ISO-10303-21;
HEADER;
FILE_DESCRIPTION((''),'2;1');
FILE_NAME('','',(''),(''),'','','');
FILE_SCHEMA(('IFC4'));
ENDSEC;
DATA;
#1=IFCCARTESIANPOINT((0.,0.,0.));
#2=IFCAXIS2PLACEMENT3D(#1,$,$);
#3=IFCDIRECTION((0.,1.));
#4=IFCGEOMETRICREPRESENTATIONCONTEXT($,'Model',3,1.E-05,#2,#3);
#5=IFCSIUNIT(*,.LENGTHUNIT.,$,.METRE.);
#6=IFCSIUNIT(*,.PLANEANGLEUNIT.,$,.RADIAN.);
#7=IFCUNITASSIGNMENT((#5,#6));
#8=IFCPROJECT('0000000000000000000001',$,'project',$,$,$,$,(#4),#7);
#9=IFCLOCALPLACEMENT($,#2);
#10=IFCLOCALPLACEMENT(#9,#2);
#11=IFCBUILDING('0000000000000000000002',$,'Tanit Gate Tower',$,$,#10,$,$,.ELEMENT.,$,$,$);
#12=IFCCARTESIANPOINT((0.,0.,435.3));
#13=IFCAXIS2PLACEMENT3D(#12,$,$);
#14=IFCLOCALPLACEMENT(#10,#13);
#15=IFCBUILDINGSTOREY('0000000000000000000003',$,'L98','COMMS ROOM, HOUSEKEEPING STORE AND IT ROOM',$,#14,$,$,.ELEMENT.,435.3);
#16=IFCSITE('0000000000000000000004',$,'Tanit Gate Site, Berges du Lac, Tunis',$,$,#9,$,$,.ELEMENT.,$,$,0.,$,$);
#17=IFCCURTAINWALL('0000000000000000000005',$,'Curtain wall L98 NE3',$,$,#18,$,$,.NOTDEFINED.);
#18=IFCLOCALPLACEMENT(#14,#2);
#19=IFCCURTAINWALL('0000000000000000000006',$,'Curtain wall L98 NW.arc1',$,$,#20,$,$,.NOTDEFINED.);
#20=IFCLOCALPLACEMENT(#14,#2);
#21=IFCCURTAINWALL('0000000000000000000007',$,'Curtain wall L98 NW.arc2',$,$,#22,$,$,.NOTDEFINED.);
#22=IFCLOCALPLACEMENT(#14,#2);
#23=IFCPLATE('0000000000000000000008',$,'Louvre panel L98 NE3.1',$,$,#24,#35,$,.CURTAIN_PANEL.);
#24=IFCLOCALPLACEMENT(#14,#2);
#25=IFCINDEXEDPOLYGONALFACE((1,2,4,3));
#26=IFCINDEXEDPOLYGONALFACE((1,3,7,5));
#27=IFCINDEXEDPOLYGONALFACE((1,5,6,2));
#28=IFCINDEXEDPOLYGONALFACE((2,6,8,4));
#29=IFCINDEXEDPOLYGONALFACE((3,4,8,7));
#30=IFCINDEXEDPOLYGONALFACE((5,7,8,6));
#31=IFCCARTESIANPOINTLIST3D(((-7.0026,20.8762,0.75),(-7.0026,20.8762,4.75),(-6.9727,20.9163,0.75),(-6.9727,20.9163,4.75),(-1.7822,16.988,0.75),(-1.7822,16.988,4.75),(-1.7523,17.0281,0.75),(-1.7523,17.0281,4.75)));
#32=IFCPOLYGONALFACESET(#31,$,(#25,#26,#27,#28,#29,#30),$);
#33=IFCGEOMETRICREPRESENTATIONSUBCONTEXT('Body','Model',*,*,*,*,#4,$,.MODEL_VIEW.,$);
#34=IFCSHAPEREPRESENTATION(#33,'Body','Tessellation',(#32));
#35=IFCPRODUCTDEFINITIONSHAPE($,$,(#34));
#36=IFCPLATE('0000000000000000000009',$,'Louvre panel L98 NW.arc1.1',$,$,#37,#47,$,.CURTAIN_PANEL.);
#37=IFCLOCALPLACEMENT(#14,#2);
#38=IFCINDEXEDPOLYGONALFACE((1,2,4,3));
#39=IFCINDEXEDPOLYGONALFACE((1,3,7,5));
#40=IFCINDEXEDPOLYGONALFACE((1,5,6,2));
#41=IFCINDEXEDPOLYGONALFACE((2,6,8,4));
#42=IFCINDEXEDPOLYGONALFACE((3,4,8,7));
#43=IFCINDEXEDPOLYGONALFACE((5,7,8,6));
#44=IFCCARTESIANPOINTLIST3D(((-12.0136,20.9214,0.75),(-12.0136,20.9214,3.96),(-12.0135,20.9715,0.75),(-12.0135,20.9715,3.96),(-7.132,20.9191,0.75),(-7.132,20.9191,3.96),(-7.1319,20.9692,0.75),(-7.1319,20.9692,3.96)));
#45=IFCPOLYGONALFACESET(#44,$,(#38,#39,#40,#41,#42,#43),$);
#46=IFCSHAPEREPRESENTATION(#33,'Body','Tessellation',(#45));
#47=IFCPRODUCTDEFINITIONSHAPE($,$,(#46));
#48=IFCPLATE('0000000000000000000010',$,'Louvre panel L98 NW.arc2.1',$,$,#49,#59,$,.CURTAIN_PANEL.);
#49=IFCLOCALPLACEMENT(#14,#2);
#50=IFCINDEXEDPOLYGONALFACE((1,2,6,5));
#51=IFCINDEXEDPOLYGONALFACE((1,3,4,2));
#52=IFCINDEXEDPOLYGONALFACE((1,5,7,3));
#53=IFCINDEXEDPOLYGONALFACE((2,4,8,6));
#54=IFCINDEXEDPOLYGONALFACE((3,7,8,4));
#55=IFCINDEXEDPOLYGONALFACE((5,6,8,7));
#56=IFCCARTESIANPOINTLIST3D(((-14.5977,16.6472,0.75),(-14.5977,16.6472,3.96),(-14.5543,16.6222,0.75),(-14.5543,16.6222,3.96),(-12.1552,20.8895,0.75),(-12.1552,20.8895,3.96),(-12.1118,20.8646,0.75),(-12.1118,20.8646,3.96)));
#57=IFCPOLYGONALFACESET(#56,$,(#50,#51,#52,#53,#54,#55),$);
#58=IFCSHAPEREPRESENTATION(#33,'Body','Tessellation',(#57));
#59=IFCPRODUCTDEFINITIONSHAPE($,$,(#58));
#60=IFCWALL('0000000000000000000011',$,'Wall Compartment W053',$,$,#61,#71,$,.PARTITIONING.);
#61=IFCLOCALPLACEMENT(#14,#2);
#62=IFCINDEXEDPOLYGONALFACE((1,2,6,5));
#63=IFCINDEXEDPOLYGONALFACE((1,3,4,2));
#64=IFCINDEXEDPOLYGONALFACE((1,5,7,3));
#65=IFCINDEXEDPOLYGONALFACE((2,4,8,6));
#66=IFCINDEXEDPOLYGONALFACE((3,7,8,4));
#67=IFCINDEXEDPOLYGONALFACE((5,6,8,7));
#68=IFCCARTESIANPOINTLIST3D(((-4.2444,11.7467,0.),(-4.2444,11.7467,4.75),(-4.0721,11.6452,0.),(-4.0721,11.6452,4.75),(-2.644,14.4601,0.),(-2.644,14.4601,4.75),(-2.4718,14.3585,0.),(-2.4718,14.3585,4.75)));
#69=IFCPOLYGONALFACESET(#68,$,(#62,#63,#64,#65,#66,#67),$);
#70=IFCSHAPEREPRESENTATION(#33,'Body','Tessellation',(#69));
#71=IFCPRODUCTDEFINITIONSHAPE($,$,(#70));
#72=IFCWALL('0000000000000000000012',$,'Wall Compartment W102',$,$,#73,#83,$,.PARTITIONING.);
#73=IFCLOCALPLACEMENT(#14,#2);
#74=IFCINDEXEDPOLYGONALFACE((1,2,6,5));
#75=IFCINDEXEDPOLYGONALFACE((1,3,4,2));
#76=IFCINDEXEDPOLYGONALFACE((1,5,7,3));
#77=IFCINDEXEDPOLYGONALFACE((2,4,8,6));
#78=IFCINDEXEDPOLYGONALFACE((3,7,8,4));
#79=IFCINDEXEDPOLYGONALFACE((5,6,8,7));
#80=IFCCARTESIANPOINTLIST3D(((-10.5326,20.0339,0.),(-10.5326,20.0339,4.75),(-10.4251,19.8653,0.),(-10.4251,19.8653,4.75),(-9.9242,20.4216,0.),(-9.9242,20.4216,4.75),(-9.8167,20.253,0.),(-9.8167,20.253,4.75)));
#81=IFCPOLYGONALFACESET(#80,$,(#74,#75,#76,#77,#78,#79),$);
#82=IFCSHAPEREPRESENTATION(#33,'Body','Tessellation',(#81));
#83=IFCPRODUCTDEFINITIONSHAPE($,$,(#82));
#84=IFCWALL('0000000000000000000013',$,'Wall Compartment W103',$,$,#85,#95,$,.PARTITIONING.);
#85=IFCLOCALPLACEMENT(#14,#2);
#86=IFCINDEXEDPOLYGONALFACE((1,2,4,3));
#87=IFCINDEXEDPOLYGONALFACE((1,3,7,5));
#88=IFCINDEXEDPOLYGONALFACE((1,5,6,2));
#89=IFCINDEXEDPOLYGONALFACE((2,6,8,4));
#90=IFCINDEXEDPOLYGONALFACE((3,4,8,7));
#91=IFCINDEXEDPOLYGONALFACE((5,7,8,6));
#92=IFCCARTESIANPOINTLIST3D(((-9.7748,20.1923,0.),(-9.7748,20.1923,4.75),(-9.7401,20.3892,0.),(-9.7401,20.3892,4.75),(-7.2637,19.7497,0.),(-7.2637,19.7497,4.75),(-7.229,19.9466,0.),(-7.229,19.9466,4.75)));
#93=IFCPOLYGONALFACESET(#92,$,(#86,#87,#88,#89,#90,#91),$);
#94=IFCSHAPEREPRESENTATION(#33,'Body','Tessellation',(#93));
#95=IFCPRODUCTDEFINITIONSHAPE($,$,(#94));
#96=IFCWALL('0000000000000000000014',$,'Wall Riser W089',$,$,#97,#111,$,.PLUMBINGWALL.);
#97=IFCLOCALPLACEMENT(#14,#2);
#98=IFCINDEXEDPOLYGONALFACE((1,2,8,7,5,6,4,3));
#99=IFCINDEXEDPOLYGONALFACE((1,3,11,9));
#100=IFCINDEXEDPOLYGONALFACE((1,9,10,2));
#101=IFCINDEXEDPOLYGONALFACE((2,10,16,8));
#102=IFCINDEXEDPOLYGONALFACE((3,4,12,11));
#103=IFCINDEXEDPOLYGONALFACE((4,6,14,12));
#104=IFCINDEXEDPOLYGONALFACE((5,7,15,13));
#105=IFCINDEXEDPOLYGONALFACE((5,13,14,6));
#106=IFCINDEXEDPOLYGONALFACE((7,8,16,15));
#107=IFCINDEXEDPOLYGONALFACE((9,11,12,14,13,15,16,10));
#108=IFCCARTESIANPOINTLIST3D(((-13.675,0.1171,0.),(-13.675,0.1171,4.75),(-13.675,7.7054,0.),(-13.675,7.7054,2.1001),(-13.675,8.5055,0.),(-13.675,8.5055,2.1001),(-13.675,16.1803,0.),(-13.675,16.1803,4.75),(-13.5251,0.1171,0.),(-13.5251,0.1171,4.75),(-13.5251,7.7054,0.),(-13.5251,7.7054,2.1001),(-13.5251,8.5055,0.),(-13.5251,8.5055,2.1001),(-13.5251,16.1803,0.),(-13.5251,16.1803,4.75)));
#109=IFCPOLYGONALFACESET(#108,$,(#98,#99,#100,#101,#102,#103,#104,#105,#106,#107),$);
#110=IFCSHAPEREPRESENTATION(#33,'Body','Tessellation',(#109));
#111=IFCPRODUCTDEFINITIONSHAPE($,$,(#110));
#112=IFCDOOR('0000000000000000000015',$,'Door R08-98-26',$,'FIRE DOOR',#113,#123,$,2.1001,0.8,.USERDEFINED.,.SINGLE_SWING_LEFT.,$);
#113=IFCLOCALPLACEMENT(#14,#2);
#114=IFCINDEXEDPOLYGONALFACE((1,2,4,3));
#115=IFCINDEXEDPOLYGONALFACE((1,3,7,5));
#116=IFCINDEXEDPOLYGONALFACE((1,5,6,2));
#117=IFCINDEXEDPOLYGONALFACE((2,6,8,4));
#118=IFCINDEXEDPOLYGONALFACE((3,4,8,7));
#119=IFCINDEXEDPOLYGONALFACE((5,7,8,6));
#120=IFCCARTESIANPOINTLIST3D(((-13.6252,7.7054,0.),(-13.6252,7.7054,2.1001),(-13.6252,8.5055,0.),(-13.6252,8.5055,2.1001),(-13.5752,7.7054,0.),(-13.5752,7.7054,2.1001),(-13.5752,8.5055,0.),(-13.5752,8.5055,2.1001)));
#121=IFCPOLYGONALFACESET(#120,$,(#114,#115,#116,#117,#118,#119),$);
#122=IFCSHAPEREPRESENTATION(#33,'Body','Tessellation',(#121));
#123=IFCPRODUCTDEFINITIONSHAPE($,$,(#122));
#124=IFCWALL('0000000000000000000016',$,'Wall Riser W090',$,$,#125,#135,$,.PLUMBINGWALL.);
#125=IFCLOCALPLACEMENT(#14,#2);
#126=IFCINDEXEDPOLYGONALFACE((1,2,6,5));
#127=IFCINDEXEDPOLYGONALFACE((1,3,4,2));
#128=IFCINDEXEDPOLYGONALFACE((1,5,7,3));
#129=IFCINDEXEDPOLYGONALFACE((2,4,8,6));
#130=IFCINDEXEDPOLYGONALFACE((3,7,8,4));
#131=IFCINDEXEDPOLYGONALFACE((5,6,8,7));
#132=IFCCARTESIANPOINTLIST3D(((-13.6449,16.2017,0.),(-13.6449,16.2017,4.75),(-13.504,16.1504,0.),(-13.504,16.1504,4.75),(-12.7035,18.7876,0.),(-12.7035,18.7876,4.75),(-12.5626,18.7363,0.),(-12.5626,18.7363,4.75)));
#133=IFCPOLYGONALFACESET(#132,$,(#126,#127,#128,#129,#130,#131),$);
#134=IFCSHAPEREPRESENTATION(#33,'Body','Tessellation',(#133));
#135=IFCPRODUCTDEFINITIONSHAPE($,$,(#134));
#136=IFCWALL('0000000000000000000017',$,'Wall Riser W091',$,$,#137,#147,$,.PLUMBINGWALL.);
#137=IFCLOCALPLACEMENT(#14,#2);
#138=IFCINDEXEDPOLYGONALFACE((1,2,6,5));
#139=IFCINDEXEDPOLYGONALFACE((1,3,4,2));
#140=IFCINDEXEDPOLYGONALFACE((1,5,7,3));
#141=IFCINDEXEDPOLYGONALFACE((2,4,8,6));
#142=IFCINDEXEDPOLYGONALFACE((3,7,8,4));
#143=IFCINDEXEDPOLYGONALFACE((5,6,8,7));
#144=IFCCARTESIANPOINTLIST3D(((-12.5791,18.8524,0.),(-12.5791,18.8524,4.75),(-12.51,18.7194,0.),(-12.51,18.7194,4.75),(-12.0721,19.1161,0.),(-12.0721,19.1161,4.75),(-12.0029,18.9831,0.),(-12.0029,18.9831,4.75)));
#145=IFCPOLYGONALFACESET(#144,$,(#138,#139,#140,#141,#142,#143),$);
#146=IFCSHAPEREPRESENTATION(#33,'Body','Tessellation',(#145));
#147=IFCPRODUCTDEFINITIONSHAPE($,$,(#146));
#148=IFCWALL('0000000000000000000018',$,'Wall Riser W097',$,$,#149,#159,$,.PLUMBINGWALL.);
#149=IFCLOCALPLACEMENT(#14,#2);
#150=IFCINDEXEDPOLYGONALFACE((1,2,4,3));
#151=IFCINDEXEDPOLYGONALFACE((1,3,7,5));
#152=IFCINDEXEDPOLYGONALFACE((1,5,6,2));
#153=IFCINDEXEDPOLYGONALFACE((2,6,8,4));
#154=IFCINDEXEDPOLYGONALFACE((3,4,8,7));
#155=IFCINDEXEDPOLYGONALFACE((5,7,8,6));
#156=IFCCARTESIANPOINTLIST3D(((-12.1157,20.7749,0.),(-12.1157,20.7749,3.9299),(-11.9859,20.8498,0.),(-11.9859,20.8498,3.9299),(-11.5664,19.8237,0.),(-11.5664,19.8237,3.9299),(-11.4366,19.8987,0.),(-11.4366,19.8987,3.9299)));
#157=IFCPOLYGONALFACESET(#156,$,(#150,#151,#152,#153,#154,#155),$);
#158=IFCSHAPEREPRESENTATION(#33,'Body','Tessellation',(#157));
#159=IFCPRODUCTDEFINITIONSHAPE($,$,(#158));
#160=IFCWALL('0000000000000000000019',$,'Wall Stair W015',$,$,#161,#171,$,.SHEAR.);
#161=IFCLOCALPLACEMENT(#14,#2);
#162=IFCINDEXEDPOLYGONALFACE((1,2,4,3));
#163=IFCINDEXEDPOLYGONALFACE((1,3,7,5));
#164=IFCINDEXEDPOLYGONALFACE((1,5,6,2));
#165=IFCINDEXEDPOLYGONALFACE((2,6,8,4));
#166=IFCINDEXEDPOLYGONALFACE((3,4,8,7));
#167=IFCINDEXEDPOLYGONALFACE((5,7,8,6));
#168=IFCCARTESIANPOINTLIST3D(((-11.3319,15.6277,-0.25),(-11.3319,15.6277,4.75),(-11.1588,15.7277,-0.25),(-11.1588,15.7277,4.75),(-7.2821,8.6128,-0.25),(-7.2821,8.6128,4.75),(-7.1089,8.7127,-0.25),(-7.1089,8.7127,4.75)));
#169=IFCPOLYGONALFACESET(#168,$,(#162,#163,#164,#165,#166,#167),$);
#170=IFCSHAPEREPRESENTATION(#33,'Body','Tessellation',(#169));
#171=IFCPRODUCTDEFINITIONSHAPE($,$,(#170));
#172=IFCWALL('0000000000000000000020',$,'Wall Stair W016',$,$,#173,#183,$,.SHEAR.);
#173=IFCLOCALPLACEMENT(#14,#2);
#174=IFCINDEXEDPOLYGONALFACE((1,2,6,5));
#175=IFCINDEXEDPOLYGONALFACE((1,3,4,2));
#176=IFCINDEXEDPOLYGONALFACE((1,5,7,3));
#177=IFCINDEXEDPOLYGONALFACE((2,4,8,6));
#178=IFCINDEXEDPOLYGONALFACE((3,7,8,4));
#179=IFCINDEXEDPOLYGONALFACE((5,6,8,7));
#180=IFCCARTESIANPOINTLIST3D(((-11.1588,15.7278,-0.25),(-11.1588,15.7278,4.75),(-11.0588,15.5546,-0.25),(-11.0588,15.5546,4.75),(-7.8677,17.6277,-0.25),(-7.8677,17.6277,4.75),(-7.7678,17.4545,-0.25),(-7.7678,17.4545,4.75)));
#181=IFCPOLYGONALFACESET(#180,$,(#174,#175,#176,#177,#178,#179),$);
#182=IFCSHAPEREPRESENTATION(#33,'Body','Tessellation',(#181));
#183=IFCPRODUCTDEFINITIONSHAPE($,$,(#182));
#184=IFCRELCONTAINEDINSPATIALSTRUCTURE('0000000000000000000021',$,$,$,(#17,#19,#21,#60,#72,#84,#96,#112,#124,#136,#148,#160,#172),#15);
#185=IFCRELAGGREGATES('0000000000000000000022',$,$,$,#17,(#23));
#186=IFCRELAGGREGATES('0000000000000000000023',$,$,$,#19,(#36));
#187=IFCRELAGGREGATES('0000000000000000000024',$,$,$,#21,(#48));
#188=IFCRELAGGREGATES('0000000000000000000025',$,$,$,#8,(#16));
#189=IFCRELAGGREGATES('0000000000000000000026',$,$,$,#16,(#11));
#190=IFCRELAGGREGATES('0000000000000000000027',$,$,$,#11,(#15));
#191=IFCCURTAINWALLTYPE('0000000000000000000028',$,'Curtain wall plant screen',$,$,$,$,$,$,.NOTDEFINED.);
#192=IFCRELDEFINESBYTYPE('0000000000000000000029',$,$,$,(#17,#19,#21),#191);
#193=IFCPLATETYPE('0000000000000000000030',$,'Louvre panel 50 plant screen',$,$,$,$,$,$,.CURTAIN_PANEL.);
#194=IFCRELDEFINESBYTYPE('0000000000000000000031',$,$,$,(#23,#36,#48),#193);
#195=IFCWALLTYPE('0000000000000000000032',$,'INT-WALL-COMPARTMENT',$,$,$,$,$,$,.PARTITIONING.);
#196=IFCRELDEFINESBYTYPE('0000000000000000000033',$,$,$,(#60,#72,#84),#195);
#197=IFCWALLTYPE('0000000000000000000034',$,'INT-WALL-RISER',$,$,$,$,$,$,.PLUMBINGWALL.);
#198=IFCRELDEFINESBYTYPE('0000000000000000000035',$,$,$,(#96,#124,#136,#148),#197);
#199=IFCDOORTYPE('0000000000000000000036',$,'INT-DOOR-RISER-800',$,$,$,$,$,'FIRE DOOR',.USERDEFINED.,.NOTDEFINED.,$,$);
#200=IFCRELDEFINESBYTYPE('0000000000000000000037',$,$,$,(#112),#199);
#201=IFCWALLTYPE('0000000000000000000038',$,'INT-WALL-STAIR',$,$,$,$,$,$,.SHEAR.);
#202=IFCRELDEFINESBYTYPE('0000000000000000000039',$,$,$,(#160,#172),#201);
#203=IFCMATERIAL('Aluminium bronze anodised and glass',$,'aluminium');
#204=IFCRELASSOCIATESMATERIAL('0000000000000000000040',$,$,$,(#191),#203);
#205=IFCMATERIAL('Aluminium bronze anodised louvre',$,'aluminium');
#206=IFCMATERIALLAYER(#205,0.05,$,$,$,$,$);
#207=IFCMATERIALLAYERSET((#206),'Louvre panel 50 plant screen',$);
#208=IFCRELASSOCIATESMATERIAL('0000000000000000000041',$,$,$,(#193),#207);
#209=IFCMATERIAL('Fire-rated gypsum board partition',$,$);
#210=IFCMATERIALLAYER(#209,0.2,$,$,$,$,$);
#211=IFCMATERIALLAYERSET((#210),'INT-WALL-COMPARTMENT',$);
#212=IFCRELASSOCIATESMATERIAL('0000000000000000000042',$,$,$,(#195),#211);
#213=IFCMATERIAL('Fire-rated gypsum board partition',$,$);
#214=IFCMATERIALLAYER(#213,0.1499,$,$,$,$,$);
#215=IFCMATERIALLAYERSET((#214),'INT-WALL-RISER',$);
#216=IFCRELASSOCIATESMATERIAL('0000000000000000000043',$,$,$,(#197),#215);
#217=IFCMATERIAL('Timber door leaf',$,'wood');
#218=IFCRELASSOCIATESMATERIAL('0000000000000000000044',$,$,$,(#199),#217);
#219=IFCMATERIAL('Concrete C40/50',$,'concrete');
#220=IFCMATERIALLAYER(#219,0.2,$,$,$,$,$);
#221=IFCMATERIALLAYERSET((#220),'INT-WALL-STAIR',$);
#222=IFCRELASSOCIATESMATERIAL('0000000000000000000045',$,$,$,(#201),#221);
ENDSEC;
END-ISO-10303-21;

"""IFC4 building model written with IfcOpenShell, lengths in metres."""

from ifc_helpers import new_model, si_unit, direction, frame, frame_2d, origin, origin_2d, place, context, subcontext, project, spatial, rectangle, extrude, material, layer, layer_set, type_object, element, fill, aggregate, save


model = new_model("IFC4")

# Units and contexts
model_context = context("Model", 3, precision=1e-05, world=origin(), true_north=direction((0.0, 1.0)))
body_context = subcontext(model_context, "Body", "Model", "MODEL_VIEW")
ifc_project = project(units=[si_unit("LENGTHUNIT", "METRE"), si_unit("PLANEANGLEUNIT", "RADIAN")], contexts=[model_context])

# Site, building, storey
site_placement = place(None, origin())
site = spatial("IfcSite", under=ifc_project, at=site_placement, Name="Tanit Gate Site, Berges du Lac, Tunis", CompositionType="ELEMENT", RefElevation=0.0)
building_placement = place(site_placement, origin())
building = spatial("IfcBuilding", under=site, at=building_placement, Name="Tanit Gate Tower", CompositionType="ELEMENT")
storey_placement = place(building_placement, frame((0.0, 0.0, 435.3)))
storey = spatial("IfcBuildingStorey", under=building, at=storey_placement, Name="L98", Description="COMMS ROOM, HOUSEKEEPING STORE AND IT ROOM", CompositionType="ELEMENT", Elevation=435.3)

# Curtain wall
ifc_material_1 = material(Name="Aluminium bronze anodised and glass", Category="aluminium")
curtain_wall_type = type_object("IfcCurtainWallType", Name="Curtain wall plant screen", PredefinedType="NOTDEFINED", material=ifc_material_1)
curtain_wall_1_placement = place(storey_placement, origin())
curtain_wall_1 = element("IfcCurtainWall", 1, at=curtain_wall_1_placement, inside=storey, type_object=curtain_wall_type, Name="Curtain wall L98 NE3", PredefinedType="NOTDEFINED")

# Curtain walls
curtain_wall_2_placement = place(storey_placement, origin())
curtain_wall_2 = element("IfcCurtainWall", 2, at=curtain_wall_2_placement, inside=storey, type_object=curtain_wall_type, Name="Curtain wall L98 NW.arc1", PredefinedType="NOTDEFINED")
curtain_wall_3_placement = place(storey_placement, origin())
curtain_wall_3 = element("IfcCurtainWall", 3, at=curtain_wall_3_placement, inside=storey, type_object=curtain_wall_type, Name="Curtain wall L98 NW.arc2", PredefinedType="NOTDEFINED")

# Plates
ifc_material_2 = material(Name="Aluminium bronze anodised louvre", Category="aluminium")
ifc_layer_1 = layer(ifc_material_2, 0.05)
ifc_layer_set_1 = layer_set([ifc_layer_1], Name="Louvre panel 50 plant screen")
plate_type = type_object("IfcPlateType", Name="Louvre panel 50 plant screen", PredefinedType="CURTAIN_PANEL", material=ifc_layer_set_1)
plate_1_placement = place(storey_placement, frame((-4.3774, 18.9521, 0.75), z_axis=(0.0, 0.0, 1.0), x_axis=(-0.801988, 0.597341, 0.0)))
plate_1 = element("IfcPlate", 4, at=plate_1_placement, type_object=plate_type, Name="Louvre panel L98 NE3.1", PredefinedType="CURTAIN_PANEL", context=body_context, shape_type="SweptSolid", body=[
    extrude(rectangle(XDim=6.5093, YDim=0.05, at=origin_2d()), origin(), (0.0, 0.0, 1.0), 4.0),
])
aggregate(curtain_wall_1, [plate_1])
plate_2_placement = place(storey_placement, frame((-9.5728, 20.9453, 0.75), z_axis=(0.0, 0.0, 1.0), x_axis=(-1.0, 0.000471, 0.0)))
plate_2 = element("IfcPlate", 5, at=plate_2_placement, type_object=plate_type, Name="Louvre panel L98 NW.arc1.1", PredefinedType="CURTAIN_PANEL", context=body_context, shape_type="SweptSolid", body=[
    extrude(rectangle(XDim=4.8816, YDim=0.05, at=origin_2d()), origin(), (0.0, 0.0, 1.0), 3.21),
])
aggregate(curtain_wall_2, [plate_2])
plate_3_placement = place(storey_placement, frame((-13.3547, 18.7559, 0.75), z_axis=(0.0, 0.0, 1.0), x_axis=(-0.498961, -0.866624, 0.0)))
plate_3 = element("IfcPlate", 6, at=plate_3_placement, type_object=plate_type, Name="Louvre panel L98 NW.arc2.1", PredefinedType="CURTAIN_PANEL", context=body_context, shape_type="SweptSolid", body=[
    extrude(rectangle(XDim=4.8953, YDim=0.05, at=origin_2d()), origin(), (0.0, 0.0, 1.0), 3.21),
])
aggregate(curtain_wall_3, [plate_3])

# Walls
ifc_material_3 = material(Name="Fire-rated gypsum board partition")
ifc_layer_2 = layer(ifc_material_3, 0.2)
ifc_layer_set_2 = layer_set([ifc_layer_2], Name="INT-WALL-COMPARTMENT")
wall_type_1 = type_object("IfcWallType", Name="INT-WALL-COMPARTMENT", PredefinedType="PARTITIONING", material=ifc_layer_set_2)
wall_1_placement = place(storey_placement, frame((-2.5579, 14.4094, 0.0), z_axis=(0.0, 0.0, 1.0), x_axis=(-0.508019, -0.861346, 0.0)))
element("IfcWall", 7, at=wall_1_placement, inside=storey, type_object=wall_type_1, Name="Wall Compartment W053", PredefinedType="PARTITIONING", context=body_context, shape_type="SweptSolid", body=[
    extrude(rectangle(XDim=3.1501, YDim=0.2, at=frame_2d((1.5752, 0.0))), origin(), (0.0, 0.0, 1.0), 4.75),
])
wall_2_placement = place(storey_placement, frame((-9.8704, 20.3374, 0.0), z_axis=(0.0, 0.0, 1.0), x_axis=(-0.843327, -0.537401, 0.0)))
element("IfcWall", 8, at=wall_2_placement, inside=storey, type_object=wall_type_1, Name="Wall Compartment W102", PredefinedType="PARTITIONING", context=body_context, shape_type="SweptSolid", body=[
    extrude(rectangle(XDim=0.7214, YDim=0.2, at=frame_2d((0.3608, 0.0))), origin(), (0.0, 0.0, 1.0), 4.75),
])
wall_3_placement = place(storey_placement, frame((-7.2463, 19.8481, 0.0), z_axis=(0.0, 0.0, 1.0), x_axis=(-0.984816, 0.1736, 0.0)))
element("IfcWall", 9, at=wall_3_placement, inside=storey, type_object=wall_type_1, Name="Wall Compartment W103", PredefinedType="PARTITIONING", context=body_context, shape_type="SweptSolid", body=[
    extrude(rectangle(XDim=2.5498, YDim=0.2, at=frame_2d((1.2749, 0.0))), origin(), (0.0, 0.0, 1.0), 4.75),
])

# Wall, opening, door
ifc_material_4 = material(Name="Fire-rated gypsum board partition")
ifc_layer_3 = layer(ifc_material_4, 0.1499)
ifc_layer_set_3 = layer_set([ifc_layer_3], Name="INT-WALL-RISER")
wall_type_2 = type_object("IfcWallType", Name="INT-WALL-RISER", PredefinedType="PLUMBINGWALL", material=ifc_layer_set_3)
wall_4_placement = place(storey_placement, frame((-13.6001, 16.1804, 0.0), z_axis=(0.0, 0.0, 1.0), x_axis=(0.0, -1.0, 0.0)))
wall_4 = element("IfcWall", 10, at=wall_4_placement, inside=storey, type_object=wall_type_2, Name="Wall Riser W089", PredefinedType="PLUMBINGWALL", context=body_context, shape_type="SweptSolid", body=[
    extrude(rectangle(XDim=16.0632, YDim=0.1499, at=frame_2d((8.0317, 0.0))), origin(), (0.0, 0.0, 1.0), 4.75),
])
opening_1_placement = place(wall_4_placement, frame((7.675, 0.0, 0.0)))
opening_1 = element("IfcOpeningElement", 11, at=opening_1_placement, cuts=wall_4, PredefinedType="OPENING", context=body_context, shape_type="SweptSolid", body=[
    extrude(rectangle(XDim=0.8, YDim=2.1001, at=frame_2d((0.3999, 1.05))), frame((0.0, 0.085, 0.0), z_axis=(0.0, -1.0, 0.0), x_axis=(1.0, 0.0, 0.0)), (0.0, 0.0, 1.0), 0.1699),
])
ifc_material_5 = material(Name="Timber door leaf", Category="wood")
door_type_1 = type_object("IfcDoorType", Name="INT-DOOR-RISER-800", ElementType="FIRE DOOR", OperationType="NOTDEFINED", PredefinedType="USERDEFINED", material=ifc_material_5)
door_1_placement = place(opening_1_placement, origin())
door_1 = element("IfcDoor", 12, at=door_1_placement, inside=storey, type_object=door_type_1, Name="Door R08-98-26", ObjectType="FIRE DOOR", OperationType="SINGLE_SWING_LEFT", OverallHeight=2.1001, OverallWidth=0.8, PredefinedType="USERDEFINED", context=body_context, shape_type="SweptSolid", body=[
    extrude(rectangle(XDim=0.8, YDim=2.1001, at=frame_2d((0.3999, 1.05))), frame((0.0, 0.0249, 0.0), z_axis=(0.0, -1.0, 0.0), x_axis=(1.0, 0.0, 0.0)), (0.0, 0.0, 1.0), 0.05),
])
fill(opening_1, door_1)

# Walls
wall_5_placement = place(storey_placement, frame((-12.6331, 18.762, 0.0), z_axis=(0.0, 0.0, 1.0), x_axis=(-0.342085, -0.939669, 0.0)))
element("IfcWall", 13, at=wall_5_placement, inside=storey, type_object=wall_type_2, Name="Wall Riser W090", PredefinedType="PLUMBINGWALL", context=body_context, shape_type="SweptSolid", body=[
    extrude(rectangle(XDim=2.752, YDim=0.1499, at=frame_2d((1.376, 0.0))), origin(), (0.0, 0.0, 1.0), 4.75),
])
wall_6_placement = place(storey_placement, frame((-12.0376, 19.0496, 0.0), z_axis=(0.0, 0.0, 1.0), x_axis=(-0.887224, -0.461339, 0.0)))
element("IfcWall", 14, at=wall_6_placement, inside=storey, type_object=wall_type_2, Name="Wall Riser W091", PredefinedType="PLUMBINGWALL", context=body_context, shape_type="SweptSolid", body=[
    extrude(rectangle(XDim=0.5715, YDim=0.1499, at=frame_2d((0.2856, 0.0))), origin(), (0.0, 0.0, 1.0), 4.75),
])
wall_7_placement = place(storey_placement, frame((-11.5015, 19.8611, 0.0), z_axis=(0.0, 0.0, 1.0), x_axis=(-0.500107, 0.865963, 0.0)))
element("IfcWall", 15, at=wall_7_placement, inside=storey, type_object=wall_type_2, Name="Wall Riser W097", PredefinedType="PLUMBINGWALL", context=body_context, shape_type="SweptSolid", body=[
    extrude(rectangle(XDim=1.0984, YDim=0.1499, at=frame_2d((0.5493, 0.0))), origin(), (0.0, 0.0, 1.0), 3.9299),
])
ifc_material_6 = material(Name="Concrete C40/50", Category="concrete")
ifc_layer_4 = layer(ifc_material_6, 0.2)
ifc_layer_set_4 = layer_set([ifc_layer_4], Name="INT-WALL-STAIR")
wall_type_3 = type_object("IfcWallType", Name="INT-WALL-STAIR", PredefinedType="SHEAR", material=ifc_layer_set_4)
wall_8_placement = place(storey_placement, frame((-11.2454, 15.6777, -0.25), z_axis=(0.0, 0.0, 1.0), x_axis=(0.499977, -0.866039, 0.0)))
element("IfcWall", 16, at=wall_8_placement, inside=storey, type_object=wall_type_3, Name="Wall Stair W015", PredefinedType="SHEAR", context=body_context, shape_type="SweptSolid", body=[
    extrude(rectangle(XDim=8.1001, YDim=0.2, at=frame_2d((4.05, 0.0))), origin(), (0.0, 0.0, 1.0), 5.0),
])
wall_9_placement = place(storey_placement, frame((-7.8179, 17.541, -0.25), z_axis=(0.0, 0.0, 1.0), x_axis=(-0.866044, -0.499967, 0.0)))
element("IfcWall", 17, at=wall_9_placement, inside=storey, type_object=wall_type_3, Name="Wall Stair W016", PredefinedType="SHEAR", context=body_context, shape_type="SweptSolid", body=[
    extrude(rectangle(XDim=3.8, YDim=0.2, at=frame_2d((1.8999, 0.0))), origin(), (0.0, 0.0, 1.0), 5.0),
])

save(model, "model.ifc")
